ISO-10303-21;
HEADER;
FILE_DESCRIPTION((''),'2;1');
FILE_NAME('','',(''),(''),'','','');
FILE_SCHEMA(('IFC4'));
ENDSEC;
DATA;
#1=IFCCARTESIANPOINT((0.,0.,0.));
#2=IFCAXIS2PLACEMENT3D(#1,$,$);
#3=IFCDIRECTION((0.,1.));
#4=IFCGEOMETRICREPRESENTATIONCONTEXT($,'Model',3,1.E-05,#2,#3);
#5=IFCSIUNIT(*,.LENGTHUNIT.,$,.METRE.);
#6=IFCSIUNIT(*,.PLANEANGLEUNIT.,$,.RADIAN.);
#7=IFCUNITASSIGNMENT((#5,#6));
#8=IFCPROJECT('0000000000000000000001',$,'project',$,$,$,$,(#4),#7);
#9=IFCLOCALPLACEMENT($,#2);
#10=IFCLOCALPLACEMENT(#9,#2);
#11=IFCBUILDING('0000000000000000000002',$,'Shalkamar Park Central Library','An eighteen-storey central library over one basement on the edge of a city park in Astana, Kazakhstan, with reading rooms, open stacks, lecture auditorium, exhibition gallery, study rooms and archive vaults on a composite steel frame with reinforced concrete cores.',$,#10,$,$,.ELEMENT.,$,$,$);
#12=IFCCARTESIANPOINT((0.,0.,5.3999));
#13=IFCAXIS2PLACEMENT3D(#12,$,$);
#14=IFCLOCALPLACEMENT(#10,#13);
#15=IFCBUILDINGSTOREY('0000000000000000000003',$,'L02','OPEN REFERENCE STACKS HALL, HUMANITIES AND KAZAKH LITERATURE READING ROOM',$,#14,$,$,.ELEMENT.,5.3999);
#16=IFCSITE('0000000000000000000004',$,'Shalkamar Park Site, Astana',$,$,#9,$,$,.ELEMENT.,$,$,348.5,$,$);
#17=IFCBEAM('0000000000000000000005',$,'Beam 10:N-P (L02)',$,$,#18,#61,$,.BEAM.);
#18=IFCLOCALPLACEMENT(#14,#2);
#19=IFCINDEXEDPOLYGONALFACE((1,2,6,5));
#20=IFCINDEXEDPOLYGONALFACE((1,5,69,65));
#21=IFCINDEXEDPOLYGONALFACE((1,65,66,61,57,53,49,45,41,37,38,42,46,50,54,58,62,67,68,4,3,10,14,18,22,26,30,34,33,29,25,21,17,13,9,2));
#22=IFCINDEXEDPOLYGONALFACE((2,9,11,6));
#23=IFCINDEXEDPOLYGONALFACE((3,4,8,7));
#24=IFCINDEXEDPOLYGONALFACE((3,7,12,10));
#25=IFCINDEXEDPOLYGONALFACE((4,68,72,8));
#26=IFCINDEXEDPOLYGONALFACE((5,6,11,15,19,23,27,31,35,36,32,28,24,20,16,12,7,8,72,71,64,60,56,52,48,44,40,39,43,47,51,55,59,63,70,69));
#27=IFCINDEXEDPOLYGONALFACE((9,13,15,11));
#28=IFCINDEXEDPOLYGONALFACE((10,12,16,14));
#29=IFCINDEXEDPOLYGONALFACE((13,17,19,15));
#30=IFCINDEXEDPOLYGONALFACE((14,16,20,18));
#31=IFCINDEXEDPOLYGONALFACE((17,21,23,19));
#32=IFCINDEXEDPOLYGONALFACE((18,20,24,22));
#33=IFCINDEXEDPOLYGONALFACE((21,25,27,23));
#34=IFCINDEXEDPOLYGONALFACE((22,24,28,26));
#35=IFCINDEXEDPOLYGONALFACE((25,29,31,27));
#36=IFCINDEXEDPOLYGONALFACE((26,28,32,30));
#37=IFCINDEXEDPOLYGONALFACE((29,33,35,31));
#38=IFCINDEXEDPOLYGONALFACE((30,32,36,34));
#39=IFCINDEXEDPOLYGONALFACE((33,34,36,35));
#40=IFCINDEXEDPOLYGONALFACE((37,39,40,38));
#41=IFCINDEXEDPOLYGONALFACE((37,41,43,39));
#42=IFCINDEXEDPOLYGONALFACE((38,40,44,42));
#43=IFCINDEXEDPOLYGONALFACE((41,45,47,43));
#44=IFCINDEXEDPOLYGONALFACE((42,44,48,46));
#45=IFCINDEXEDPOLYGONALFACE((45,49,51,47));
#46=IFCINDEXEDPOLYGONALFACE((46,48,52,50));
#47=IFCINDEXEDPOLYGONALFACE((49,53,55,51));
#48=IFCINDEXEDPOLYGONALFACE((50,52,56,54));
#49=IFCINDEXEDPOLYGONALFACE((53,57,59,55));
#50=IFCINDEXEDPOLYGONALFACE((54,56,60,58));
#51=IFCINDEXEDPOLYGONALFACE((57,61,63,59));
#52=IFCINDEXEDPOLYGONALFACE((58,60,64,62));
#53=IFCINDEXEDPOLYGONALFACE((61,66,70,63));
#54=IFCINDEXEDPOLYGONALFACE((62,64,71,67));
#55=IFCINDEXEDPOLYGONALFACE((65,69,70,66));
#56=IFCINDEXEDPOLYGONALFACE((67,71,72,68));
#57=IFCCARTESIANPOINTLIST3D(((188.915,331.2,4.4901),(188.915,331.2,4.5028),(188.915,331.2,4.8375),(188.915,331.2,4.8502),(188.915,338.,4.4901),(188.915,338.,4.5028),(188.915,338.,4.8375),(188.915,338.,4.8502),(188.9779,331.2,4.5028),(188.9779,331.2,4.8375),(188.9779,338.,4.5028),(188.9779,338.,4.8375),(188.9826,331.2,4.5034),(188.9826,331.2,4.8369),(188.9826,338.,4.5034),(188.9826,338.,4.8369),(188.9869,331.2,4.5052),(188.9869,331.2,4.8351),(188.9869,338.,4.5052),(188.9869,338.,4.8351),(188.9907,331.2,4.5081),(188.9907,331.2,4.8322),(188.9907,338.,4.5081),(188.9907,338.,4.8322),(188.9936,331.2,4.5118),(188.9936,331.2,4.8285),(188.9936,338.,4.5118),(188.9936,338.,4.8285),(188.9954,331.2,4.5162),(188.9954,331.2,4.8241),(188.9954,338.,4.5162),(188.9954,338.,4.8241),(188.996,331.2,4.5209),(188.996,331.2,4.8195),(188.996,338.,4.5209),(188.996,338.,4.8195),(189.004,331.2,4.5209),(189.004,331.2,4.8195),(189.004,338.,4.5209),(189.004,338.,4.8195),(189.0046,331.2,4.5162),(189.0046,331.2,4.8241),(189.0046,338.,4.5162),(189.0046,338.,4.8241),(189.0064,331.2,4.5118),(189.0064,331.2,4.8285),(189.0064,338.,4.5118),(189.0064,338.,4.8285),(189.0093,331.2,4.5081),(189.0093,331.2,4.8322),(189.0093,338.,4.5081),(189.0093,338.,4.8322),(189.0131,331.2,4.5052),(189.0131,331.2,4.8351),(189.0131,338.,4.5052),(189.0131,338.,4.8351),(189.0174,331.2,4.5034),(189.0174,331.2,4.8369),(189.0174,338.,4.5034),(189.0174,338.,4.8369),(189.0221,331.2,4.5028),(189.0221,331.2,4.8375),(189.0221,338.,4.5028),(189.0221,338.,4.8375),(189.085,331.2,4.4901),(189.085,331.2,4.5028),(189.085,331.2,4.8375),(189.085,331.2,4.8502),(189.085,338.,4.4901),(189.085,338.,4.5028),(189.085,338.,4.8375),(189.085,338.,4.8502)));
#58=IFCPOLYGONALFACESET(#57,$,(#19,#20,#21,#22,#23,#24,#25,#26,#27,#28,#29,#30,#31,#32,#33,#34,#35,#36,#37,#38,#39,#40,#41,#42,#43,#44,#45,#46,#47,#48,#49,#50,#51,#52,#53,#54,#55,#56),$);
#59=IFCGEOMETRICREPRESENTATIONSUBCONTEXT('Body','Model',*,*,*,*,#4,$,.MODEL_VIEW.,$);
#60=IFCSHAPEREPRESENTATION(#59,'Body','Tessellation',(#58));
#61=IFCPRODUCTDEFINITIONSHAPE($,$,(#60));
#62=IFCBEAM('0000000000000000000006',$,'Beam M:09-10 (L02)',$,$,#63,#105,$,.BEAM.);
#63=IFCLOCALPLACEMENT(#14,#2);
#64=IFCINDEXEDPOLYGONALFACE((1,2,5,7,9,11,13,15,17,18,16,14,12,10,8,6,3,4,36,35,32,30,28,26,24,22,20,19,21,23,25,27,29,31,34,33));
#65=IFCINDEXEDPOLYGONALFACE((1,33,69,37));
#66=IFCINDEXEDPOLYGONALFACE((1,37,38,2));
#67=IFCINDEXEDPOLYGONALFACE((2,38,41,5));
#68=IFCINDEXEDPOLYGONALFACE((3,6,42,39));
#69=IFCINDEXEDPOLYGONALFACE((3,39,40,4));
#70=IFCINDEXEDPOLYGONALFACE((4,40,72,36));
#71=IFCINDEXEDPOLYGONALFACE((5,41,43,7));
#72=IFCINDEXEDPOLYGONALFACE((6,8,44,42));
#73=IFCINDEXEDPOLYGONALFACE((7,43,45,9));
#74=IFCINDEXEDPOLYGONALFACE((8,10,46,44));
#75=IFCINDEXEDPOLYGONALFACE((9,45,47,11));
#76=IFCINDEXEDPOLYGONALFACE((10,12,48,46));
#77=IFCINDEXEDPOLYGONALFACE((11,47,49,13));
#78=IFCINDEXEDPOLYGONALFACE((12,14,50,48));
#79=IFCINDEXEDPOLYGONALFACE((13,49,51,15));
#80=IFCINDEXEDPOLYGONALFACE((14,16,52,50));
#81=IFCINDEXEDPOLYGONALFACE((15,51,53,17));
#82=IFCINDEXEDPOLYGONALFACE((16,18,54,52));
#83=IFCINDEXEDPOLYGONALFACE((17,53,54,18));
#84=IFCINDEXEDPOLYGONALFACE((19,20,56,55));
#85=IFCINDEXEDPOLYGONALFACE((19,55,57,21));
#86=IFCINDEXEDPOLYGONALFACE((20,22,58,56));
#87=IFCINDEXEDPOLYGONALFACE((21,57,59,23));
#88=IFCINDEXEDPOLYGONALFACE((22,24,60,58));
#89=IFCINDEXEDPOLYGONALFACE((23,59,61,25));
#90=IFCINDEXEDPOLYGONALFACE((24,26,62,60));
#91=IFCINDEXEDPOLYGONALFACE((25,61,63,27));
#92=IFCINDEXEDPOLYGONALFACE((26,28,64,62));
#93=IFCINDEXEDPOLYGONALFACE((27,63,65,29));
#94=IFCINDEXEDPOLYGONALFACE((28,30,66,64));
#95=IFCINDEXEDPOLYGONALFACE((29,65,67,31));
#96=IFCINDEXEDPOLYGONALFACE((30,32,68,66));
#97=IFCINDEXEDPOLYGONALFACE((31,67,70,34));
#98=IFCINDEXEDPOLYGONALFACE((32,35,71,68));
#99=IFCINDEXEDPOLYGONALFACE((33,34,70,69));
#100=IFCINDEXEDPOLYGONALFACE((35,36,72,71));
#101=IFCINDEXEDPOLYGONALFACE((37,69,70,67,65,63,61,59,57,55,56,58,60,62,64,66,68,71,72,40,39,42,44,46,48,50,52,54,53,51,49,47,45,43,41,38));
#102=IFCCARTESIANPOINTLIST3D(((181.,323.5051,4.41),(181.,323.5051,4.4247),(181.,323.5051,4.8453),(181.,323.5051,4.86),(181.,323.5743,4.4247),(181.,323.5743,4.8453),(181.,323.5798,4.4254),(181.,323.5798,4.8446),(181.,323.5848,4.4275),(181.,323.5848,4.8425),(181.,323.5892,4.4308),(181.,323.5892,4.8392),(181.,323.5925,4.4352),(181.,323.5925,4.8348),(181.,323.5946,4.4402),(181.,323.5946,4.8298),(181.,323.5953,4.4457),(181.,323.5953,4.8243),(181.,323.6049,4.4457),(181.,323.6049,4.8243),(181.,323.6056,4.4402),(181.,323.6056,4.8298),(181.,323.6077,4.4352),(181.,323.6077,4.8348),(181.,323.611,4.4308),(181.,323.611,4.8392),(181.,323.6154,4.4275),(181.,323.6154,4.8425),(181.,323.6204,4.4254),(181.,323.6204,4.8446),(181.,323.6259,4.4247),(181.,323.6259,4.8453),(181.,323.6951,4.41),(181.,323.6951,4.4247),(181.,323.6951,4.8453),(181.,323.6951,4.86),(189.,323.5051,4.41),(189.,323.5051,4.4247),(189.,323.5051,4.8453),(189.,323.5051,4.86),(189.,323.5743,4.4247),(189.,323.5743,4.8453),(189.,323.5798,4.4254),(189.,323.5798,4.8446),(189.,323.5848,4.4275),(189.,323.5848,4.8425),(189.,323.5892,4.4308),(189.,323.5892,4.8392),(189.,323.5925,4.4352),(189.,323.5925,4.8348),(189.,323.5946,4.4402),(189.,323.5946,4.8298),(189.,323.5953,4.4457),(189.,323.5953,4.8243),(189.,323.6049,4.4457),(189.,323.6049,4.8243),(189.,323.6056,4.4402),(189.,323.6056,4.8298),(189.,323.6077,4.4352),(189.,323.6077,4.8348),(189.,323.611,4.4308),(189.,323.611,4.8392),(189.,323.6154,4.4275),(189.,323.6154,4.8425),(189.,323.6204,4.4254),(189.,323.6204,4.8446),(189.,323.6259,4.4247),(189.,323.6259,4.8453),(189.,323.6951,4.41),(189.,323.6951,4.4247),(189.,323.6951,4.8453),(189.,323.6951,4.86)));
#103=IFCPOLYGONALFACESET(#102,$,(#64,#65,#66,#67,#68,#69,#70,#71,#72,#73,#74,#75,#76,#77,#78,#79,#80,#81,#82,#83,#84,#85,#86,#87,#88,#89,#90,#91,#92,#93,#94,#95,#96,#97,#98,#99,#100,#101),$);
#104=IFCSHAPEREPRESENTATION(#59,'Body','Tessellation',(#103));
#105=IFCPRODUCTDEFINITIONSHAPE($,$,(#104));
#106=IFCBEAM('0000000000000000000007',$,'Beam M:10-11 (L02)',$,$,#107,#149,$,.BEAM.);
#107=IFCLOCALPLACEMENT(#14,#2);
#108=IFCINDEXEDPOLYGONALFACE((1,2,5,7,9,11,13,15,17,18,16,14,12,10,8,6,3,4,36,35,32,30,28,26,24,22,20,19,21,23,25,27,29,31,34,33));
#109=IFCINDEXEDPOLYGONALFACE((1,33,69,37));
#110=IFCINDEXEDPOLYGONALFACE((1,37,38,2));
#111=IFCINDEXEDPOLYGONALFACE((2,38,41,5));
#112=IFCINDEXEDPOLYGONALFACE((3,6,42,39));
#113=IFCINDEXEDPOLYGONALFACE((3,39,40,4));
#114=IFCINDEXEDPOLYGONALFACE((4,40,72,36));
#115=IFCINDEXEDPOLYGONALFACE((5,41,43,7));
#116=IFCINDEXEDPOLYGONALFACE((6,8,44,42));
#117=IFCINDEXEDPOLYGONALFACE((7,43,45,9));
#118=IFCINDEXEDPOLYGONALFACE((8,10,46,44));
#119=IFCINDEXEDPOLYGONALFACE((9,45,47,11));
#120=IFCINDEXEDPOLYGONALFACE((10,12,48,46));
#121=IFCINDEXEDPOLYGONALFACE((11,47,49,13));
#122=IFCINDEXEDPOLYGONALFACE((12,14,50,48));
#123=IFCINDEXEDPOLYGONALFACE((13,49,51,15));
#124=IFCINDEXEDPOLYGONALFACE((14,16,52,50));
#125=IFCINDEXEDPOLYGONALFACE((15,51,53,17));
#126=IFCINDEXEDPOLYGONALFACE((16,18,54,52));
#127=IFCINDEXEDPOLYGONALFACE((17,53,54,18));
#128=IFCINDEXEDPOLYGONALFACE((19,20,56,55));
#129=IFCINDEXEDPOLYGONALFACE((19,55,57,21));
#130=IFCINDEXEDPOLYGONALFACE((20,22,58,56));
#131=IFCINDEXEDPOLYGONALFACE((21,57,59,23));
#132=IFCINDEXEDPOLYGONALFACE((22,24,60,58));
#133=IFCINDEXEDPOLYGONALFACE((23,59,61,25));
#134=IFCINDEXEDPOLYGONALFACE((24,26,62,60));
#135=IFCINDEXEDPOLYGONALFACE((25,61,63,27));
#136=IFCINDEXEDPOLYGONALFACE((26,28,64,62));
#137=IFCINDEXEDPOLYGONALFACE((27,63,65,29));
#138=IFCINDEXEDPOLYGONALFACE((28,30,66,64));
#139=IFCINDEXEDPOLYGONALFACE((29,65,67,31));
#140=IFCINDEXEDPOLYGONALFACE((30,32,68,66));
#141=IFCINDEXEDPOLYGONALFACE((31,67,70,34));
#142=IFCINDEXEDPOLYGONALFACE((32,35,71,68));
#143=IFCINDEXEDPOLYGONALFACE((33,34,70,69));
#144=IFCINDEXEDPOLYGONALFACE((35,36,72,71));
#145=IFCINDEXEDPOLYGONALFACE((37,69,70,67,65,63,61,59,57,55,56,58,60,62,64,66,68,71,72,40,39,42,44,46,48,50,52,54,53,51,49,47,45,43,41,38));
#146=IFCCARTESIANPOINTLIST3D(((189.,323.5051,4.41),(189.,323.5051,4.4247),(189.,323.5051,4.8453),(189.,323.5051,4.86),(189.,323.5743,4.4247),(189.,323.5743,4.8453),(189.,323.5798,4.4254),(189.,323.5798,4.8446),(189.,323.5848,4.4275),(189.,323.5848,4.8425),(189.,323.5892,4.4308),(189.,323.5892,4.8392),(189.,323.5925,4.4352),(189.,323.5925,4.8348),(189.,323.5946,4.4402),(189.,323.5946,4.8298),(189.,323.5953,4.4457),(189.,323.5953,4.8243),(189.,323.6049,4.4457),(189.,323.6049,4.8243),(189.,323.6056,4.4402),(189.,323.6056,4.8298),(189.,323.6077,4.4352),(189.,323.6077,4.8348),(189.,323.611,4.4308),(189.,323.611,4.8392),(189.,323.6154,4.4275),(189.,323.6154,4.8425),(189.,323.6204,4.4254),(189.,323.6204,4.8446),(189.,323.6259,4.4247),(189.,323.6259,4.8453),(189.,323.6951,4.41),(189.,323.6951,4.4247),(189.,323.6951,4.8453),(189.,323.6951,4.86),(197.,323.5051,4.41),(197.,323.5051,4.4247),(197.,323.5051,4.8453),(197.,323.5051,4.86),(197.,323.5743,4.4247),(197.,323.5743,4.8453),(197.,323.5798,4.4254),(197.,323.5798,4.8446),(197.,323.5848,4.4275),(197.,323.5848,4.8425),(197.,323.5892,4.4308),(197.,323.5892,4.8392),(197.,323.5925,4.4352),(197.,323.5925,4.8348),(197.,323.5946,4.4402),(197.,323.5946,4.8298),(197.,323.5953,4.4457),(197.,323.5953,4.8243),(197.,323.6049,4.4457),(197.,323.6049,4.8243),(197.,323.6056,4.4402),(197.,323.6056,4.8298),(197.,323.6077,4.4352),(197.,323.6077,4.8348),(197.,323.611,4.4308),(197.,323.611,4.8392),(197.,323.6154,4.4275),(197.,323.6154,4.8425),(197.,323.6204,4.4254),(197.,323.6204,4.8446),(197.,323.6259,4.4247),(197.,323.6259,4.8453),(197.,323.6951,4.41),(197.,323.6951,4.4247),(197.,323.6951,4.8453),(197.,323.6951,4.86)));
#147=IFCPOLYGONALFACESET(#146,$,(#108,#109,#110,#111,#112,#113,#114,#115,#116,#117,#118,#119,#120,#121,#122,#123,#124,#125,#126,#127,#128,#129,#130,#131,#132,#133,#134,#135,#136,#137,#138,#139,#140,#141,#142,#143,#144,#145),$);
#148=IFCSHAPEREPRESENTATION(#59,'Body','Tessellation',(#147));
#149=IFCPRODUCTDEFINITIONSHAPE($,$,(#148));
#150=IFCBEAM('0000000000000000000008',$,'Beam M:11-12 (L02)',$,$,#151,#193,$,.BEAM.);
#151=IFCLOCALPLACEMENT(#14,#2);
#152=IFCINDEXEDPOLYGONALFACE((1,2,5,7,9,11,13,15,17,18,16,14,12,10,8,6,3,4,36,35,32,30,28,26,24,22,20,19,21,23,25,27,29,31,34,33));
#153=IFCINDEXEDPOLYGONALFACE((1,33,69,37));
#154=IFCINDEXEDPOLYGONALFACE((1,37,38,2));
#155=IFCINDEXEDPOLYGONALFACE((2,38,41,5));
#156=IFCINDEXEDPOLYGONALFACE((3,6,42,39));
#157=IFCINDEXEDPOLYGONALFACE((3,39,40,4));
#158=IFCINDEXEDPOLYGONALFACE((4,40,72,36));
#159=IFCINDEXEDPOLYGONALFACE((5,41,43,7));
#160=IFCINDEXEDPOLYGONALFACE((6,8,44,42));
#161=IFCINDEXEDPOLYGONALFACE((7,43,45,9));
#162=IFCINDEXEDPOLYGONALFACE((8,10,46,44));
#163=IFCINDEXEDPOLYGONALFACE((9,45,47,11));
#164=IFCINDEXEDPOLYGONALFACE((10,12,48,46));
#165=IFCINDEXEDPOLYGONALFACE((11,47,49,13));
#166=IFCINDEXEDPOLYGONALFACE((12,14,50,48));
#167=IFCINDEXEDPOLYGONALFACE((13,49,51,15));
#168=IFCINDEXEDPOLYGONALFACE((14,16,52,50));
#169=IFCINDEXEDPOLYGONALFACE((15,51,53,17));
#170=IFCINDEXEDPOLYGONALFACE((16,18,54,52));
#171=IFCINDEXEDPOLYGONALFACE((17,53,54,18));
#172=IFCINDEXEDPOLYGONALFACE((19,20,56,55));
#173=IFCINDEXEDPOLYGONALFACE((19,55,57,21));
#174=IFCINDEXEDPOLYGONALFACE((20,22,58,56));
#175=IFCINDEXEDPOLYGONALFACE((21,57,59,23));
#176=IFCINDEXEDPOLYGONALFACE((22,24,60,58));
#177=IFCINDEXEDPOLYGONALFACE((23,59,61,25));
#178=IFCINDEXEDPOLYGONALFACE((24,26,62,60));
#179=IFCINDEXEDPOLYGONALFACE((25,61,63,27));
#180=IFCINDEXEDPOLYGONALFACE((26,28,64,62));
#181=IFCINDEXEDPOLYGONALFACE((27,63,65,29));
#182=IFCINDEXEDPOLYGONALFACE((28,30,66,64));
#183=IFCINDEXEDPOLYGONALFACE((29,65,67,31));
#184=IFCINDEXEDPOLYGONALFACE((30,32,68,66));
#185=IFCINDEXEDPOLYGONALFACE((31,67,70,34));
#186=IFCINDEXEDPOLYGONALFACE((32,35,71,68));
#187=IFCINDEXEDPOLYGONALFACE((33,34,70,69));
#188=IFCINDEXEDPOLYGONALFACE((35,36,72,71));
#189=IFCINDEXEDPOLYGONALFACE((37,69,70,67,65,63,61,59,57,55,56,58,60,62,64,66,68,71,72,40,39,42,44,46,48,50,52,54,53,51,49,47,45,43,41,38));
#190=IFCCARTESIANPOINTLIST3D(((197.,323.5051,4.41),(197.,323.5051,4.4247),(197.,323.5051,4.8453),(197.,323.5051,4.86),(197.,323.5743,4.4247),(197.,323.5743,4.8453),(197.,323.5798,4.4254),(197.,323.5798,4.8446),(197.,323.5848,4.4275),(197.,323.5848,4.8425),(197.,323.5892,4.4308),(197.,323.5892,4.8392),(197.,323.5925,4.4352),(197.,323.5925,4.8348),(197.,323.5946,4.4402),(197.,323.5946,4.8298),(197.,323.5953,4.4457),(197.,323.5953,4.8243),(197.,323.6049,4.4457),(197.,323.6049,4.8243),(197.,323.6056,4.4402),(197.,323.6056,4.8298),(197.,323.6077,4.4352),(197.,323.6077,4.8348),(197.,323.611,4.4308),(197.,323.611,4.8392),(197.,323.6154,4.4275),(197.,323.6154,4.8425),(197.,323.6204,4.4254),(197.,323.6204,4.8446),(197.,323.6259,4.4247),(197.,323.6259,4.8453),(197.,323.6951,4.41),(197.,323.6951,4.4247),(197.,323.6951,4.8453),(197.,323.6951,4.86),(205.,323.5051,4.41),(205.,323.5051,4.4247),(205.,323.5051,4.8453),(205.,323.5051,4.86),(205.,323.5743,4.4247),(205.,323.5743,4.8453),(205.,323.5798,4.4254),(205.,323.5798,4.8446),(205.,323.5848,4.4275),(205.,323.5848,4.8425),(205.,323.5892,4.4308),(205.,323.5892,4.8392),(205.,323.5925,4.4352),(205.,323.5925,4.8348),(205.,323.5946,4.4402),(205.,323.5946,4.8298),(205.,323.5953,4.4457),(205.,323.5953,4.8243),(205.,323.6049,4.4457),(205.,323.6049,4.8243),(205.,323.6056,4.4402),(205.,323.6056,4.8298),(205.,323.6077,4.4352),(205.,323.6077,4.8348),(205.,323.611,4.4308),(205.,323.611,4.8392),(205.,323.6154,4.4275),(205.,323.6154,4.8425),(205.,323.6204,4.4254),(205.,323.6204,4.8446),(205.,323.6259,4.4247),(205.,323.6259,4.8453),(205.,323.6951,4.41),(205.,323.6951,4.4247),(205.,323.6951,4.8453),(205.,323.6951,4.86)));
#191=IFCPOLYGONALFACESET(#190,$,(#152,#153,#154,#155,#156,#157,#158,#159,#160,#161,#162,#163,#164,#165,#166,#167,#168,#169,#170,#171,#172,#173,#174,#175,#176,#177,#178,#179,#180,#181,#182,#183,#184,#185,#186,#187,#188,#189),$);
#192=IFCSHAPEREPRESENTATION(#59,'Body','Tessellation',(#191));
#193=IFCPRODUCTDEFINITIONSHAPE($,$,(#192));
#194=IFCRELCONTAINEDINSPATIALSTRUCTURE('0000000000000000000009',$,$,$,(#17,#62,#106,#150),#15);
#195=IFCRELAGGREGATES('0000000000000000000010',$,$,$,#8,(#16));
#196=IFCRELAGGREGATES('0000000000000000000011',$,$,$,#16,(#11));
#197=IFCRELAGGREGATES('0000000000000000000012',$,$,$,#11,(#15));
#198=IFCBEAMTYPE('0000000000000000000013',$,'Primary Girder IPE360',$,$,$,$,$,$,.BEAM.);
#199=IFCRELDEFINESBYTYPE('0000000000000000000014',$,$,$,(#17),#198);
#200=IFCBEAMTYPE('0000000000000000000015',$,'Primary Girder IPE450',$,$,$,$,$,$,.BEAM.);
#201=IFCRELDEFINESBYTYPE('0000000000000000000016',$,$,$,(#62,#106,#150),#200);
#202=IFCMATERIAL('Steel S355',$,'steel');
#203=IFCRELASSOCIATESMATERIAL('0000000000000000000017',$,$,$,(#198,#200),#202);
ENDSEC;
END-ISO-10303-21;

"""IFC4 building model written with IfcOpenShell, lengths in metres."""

from ifc_helpers import new_model, si_unit, direction, frame, origin, origin_2d, place, context, subcontext, project, spatial, i_section, extrude, material, material_profile, profile_set, type_object, element, save


model = new_model("IFC4")

# Units and contexts
model_context = context("Model", 3, precision=1e-05, world=origin(), true_north=direction((0.0, 1.0)))
body_context = subcontext(model_context, "Body", "Model", "MODEL_VIEW")
ifc_project = project(units=[si_unit("LENGTHUNIT", "METRE"), si_unit("PLANEANGLEUNIT", "RADIAN")], contexts=[model_context])

# Site, building, storey
site_placement = place(None, origin())
site = spatial("IfcSite", under=ifc_project, at=site_placement, Name="Shalkamar Park Site, Astana", CompositionType="ELEMENT", RefElevation=348.5)
building_placement = place(site_placement, origin())
building = spatial("IfcBuilding", under=site, at=building_placement, Name="Shalkamar Park Central Library", Description="An eighteen-storey central library over one basement on the edge of a city park in Astana, Kazakhstan, with reading rooms, open stacks, lecture auditorium, exhibition gallery, study rooms and archive vaults on a composite steel frame with reinforced concrete cores.", CompositionType="ELEMENT")
storey_placement = place(building_placement, frame((0.0, 0.0, 5.3999)))
storey = spatial("IfcBuildingStorey", under=building, at=storey_placement, Name="L02", Description="OPEN REFERENCE STACKS HALL, HUMANITIES AND KAZAKH LITERATURE READING ROOM", CompositionType="ELEMENT", Elevation=5.3999)

# Shared definitions
ifc_material_1 = material(Name="Steel S355", Category="steel")

# Beams
ifc_material_profile_1 = material_profile(ifc_material_1, i_section(OverallWidth=0.1699, OverallDepth=0.3601, WebThickness=0.0081, FlangeThickness=0.0127, FilletRadius=0.0181, at=origin_2d()), Name="IPE 360")
ifc_profile_set_1 = profile_set([ifc_material_profile_1], Name="Steel S355")
beam_type_1 = type_object("IfcBeamType", Name="Primary Girder IPE360", PredefinedType="BEAM", material=ifc_profile_set_1)
beam_1_placement = place(storey_placement, frame((189.0, 331.2, 4.6702), z_axis=(0.0, 1.0, 0.0), x_axis=(-1.0, 0.0, 0.0)))
element("IfcBeam", 1, at=beam_1_placement, inside=storey, type_object=beam_type_1, Name="Beam 10:N-P (L02)", PredefinedType="BEAM", context=body_context, shape_type="SweptSolid", body=[
    extrude(i_section(OverallWidth=0.1699, OverallDepth=0.3601, WebThickness=0.0081, FlangeThickness=0.0127, FilletRadius=0.0181, at=origin_2d()), origin(), (0.0, 0.0, 1.0), 6.8),
])
ifc_material_profile_2 = material_profile(ifc_material_1, i_section(OverallWidth=0.1899, OverallDepth=0.45, WebThickness=0.0095, FlangeThickness=0.0146, FilletRadius=0.021, at=origin_2d()), Name="IPE 450")
ifc_profile_set_2 = profile_set([ifc_material_profile_2], Name="Steel S355")
beam_type_2 = type_object("IfcBeamType", Name="Primary Girder IPE450", PredefinedType="BEAM", material=ifc_profile_set_2)
for number, where, z_axis, x_axis, name in (
    (2, (181.0, 323.6001, 4.635), (1.0, 0.0, 0.0), (0.0, 1.0, 0.0), "Beam M:09-10 (L02)"),
    (3, (189.0, 323.6001, 4.635), (1.0, 0.0, 0.0), (0.0, 1.0, 0.0), "Beam M:10-11 (L02)"),
    (4, (197.0, 323.6001, 4.635), (1.0, 0.0, 0.0), (0.0, 1.0, 0.0), "Beam M:11-12 (L02)"),
):
    element("IfcBeam", number, at=place(storey_placement, frame(where, z_axis=z_axis, x_axis=x_axis)), inside=storey, type_object=beam_type_2, Name=name, PredefinedType="BEAM", context=body_context, shape_type="SweptSolid", body=[
        extrude(i_section(OverallWidth=0.1899, OverallDepth=0.45, WebThickness=0.0095, FlangeThickness=0.0146, FilletRadius=0.021, at=origin_2d()), origin(), (0.0, 0.0, 1.0), 8.0),
    ])

save(model, "model.ifc")
